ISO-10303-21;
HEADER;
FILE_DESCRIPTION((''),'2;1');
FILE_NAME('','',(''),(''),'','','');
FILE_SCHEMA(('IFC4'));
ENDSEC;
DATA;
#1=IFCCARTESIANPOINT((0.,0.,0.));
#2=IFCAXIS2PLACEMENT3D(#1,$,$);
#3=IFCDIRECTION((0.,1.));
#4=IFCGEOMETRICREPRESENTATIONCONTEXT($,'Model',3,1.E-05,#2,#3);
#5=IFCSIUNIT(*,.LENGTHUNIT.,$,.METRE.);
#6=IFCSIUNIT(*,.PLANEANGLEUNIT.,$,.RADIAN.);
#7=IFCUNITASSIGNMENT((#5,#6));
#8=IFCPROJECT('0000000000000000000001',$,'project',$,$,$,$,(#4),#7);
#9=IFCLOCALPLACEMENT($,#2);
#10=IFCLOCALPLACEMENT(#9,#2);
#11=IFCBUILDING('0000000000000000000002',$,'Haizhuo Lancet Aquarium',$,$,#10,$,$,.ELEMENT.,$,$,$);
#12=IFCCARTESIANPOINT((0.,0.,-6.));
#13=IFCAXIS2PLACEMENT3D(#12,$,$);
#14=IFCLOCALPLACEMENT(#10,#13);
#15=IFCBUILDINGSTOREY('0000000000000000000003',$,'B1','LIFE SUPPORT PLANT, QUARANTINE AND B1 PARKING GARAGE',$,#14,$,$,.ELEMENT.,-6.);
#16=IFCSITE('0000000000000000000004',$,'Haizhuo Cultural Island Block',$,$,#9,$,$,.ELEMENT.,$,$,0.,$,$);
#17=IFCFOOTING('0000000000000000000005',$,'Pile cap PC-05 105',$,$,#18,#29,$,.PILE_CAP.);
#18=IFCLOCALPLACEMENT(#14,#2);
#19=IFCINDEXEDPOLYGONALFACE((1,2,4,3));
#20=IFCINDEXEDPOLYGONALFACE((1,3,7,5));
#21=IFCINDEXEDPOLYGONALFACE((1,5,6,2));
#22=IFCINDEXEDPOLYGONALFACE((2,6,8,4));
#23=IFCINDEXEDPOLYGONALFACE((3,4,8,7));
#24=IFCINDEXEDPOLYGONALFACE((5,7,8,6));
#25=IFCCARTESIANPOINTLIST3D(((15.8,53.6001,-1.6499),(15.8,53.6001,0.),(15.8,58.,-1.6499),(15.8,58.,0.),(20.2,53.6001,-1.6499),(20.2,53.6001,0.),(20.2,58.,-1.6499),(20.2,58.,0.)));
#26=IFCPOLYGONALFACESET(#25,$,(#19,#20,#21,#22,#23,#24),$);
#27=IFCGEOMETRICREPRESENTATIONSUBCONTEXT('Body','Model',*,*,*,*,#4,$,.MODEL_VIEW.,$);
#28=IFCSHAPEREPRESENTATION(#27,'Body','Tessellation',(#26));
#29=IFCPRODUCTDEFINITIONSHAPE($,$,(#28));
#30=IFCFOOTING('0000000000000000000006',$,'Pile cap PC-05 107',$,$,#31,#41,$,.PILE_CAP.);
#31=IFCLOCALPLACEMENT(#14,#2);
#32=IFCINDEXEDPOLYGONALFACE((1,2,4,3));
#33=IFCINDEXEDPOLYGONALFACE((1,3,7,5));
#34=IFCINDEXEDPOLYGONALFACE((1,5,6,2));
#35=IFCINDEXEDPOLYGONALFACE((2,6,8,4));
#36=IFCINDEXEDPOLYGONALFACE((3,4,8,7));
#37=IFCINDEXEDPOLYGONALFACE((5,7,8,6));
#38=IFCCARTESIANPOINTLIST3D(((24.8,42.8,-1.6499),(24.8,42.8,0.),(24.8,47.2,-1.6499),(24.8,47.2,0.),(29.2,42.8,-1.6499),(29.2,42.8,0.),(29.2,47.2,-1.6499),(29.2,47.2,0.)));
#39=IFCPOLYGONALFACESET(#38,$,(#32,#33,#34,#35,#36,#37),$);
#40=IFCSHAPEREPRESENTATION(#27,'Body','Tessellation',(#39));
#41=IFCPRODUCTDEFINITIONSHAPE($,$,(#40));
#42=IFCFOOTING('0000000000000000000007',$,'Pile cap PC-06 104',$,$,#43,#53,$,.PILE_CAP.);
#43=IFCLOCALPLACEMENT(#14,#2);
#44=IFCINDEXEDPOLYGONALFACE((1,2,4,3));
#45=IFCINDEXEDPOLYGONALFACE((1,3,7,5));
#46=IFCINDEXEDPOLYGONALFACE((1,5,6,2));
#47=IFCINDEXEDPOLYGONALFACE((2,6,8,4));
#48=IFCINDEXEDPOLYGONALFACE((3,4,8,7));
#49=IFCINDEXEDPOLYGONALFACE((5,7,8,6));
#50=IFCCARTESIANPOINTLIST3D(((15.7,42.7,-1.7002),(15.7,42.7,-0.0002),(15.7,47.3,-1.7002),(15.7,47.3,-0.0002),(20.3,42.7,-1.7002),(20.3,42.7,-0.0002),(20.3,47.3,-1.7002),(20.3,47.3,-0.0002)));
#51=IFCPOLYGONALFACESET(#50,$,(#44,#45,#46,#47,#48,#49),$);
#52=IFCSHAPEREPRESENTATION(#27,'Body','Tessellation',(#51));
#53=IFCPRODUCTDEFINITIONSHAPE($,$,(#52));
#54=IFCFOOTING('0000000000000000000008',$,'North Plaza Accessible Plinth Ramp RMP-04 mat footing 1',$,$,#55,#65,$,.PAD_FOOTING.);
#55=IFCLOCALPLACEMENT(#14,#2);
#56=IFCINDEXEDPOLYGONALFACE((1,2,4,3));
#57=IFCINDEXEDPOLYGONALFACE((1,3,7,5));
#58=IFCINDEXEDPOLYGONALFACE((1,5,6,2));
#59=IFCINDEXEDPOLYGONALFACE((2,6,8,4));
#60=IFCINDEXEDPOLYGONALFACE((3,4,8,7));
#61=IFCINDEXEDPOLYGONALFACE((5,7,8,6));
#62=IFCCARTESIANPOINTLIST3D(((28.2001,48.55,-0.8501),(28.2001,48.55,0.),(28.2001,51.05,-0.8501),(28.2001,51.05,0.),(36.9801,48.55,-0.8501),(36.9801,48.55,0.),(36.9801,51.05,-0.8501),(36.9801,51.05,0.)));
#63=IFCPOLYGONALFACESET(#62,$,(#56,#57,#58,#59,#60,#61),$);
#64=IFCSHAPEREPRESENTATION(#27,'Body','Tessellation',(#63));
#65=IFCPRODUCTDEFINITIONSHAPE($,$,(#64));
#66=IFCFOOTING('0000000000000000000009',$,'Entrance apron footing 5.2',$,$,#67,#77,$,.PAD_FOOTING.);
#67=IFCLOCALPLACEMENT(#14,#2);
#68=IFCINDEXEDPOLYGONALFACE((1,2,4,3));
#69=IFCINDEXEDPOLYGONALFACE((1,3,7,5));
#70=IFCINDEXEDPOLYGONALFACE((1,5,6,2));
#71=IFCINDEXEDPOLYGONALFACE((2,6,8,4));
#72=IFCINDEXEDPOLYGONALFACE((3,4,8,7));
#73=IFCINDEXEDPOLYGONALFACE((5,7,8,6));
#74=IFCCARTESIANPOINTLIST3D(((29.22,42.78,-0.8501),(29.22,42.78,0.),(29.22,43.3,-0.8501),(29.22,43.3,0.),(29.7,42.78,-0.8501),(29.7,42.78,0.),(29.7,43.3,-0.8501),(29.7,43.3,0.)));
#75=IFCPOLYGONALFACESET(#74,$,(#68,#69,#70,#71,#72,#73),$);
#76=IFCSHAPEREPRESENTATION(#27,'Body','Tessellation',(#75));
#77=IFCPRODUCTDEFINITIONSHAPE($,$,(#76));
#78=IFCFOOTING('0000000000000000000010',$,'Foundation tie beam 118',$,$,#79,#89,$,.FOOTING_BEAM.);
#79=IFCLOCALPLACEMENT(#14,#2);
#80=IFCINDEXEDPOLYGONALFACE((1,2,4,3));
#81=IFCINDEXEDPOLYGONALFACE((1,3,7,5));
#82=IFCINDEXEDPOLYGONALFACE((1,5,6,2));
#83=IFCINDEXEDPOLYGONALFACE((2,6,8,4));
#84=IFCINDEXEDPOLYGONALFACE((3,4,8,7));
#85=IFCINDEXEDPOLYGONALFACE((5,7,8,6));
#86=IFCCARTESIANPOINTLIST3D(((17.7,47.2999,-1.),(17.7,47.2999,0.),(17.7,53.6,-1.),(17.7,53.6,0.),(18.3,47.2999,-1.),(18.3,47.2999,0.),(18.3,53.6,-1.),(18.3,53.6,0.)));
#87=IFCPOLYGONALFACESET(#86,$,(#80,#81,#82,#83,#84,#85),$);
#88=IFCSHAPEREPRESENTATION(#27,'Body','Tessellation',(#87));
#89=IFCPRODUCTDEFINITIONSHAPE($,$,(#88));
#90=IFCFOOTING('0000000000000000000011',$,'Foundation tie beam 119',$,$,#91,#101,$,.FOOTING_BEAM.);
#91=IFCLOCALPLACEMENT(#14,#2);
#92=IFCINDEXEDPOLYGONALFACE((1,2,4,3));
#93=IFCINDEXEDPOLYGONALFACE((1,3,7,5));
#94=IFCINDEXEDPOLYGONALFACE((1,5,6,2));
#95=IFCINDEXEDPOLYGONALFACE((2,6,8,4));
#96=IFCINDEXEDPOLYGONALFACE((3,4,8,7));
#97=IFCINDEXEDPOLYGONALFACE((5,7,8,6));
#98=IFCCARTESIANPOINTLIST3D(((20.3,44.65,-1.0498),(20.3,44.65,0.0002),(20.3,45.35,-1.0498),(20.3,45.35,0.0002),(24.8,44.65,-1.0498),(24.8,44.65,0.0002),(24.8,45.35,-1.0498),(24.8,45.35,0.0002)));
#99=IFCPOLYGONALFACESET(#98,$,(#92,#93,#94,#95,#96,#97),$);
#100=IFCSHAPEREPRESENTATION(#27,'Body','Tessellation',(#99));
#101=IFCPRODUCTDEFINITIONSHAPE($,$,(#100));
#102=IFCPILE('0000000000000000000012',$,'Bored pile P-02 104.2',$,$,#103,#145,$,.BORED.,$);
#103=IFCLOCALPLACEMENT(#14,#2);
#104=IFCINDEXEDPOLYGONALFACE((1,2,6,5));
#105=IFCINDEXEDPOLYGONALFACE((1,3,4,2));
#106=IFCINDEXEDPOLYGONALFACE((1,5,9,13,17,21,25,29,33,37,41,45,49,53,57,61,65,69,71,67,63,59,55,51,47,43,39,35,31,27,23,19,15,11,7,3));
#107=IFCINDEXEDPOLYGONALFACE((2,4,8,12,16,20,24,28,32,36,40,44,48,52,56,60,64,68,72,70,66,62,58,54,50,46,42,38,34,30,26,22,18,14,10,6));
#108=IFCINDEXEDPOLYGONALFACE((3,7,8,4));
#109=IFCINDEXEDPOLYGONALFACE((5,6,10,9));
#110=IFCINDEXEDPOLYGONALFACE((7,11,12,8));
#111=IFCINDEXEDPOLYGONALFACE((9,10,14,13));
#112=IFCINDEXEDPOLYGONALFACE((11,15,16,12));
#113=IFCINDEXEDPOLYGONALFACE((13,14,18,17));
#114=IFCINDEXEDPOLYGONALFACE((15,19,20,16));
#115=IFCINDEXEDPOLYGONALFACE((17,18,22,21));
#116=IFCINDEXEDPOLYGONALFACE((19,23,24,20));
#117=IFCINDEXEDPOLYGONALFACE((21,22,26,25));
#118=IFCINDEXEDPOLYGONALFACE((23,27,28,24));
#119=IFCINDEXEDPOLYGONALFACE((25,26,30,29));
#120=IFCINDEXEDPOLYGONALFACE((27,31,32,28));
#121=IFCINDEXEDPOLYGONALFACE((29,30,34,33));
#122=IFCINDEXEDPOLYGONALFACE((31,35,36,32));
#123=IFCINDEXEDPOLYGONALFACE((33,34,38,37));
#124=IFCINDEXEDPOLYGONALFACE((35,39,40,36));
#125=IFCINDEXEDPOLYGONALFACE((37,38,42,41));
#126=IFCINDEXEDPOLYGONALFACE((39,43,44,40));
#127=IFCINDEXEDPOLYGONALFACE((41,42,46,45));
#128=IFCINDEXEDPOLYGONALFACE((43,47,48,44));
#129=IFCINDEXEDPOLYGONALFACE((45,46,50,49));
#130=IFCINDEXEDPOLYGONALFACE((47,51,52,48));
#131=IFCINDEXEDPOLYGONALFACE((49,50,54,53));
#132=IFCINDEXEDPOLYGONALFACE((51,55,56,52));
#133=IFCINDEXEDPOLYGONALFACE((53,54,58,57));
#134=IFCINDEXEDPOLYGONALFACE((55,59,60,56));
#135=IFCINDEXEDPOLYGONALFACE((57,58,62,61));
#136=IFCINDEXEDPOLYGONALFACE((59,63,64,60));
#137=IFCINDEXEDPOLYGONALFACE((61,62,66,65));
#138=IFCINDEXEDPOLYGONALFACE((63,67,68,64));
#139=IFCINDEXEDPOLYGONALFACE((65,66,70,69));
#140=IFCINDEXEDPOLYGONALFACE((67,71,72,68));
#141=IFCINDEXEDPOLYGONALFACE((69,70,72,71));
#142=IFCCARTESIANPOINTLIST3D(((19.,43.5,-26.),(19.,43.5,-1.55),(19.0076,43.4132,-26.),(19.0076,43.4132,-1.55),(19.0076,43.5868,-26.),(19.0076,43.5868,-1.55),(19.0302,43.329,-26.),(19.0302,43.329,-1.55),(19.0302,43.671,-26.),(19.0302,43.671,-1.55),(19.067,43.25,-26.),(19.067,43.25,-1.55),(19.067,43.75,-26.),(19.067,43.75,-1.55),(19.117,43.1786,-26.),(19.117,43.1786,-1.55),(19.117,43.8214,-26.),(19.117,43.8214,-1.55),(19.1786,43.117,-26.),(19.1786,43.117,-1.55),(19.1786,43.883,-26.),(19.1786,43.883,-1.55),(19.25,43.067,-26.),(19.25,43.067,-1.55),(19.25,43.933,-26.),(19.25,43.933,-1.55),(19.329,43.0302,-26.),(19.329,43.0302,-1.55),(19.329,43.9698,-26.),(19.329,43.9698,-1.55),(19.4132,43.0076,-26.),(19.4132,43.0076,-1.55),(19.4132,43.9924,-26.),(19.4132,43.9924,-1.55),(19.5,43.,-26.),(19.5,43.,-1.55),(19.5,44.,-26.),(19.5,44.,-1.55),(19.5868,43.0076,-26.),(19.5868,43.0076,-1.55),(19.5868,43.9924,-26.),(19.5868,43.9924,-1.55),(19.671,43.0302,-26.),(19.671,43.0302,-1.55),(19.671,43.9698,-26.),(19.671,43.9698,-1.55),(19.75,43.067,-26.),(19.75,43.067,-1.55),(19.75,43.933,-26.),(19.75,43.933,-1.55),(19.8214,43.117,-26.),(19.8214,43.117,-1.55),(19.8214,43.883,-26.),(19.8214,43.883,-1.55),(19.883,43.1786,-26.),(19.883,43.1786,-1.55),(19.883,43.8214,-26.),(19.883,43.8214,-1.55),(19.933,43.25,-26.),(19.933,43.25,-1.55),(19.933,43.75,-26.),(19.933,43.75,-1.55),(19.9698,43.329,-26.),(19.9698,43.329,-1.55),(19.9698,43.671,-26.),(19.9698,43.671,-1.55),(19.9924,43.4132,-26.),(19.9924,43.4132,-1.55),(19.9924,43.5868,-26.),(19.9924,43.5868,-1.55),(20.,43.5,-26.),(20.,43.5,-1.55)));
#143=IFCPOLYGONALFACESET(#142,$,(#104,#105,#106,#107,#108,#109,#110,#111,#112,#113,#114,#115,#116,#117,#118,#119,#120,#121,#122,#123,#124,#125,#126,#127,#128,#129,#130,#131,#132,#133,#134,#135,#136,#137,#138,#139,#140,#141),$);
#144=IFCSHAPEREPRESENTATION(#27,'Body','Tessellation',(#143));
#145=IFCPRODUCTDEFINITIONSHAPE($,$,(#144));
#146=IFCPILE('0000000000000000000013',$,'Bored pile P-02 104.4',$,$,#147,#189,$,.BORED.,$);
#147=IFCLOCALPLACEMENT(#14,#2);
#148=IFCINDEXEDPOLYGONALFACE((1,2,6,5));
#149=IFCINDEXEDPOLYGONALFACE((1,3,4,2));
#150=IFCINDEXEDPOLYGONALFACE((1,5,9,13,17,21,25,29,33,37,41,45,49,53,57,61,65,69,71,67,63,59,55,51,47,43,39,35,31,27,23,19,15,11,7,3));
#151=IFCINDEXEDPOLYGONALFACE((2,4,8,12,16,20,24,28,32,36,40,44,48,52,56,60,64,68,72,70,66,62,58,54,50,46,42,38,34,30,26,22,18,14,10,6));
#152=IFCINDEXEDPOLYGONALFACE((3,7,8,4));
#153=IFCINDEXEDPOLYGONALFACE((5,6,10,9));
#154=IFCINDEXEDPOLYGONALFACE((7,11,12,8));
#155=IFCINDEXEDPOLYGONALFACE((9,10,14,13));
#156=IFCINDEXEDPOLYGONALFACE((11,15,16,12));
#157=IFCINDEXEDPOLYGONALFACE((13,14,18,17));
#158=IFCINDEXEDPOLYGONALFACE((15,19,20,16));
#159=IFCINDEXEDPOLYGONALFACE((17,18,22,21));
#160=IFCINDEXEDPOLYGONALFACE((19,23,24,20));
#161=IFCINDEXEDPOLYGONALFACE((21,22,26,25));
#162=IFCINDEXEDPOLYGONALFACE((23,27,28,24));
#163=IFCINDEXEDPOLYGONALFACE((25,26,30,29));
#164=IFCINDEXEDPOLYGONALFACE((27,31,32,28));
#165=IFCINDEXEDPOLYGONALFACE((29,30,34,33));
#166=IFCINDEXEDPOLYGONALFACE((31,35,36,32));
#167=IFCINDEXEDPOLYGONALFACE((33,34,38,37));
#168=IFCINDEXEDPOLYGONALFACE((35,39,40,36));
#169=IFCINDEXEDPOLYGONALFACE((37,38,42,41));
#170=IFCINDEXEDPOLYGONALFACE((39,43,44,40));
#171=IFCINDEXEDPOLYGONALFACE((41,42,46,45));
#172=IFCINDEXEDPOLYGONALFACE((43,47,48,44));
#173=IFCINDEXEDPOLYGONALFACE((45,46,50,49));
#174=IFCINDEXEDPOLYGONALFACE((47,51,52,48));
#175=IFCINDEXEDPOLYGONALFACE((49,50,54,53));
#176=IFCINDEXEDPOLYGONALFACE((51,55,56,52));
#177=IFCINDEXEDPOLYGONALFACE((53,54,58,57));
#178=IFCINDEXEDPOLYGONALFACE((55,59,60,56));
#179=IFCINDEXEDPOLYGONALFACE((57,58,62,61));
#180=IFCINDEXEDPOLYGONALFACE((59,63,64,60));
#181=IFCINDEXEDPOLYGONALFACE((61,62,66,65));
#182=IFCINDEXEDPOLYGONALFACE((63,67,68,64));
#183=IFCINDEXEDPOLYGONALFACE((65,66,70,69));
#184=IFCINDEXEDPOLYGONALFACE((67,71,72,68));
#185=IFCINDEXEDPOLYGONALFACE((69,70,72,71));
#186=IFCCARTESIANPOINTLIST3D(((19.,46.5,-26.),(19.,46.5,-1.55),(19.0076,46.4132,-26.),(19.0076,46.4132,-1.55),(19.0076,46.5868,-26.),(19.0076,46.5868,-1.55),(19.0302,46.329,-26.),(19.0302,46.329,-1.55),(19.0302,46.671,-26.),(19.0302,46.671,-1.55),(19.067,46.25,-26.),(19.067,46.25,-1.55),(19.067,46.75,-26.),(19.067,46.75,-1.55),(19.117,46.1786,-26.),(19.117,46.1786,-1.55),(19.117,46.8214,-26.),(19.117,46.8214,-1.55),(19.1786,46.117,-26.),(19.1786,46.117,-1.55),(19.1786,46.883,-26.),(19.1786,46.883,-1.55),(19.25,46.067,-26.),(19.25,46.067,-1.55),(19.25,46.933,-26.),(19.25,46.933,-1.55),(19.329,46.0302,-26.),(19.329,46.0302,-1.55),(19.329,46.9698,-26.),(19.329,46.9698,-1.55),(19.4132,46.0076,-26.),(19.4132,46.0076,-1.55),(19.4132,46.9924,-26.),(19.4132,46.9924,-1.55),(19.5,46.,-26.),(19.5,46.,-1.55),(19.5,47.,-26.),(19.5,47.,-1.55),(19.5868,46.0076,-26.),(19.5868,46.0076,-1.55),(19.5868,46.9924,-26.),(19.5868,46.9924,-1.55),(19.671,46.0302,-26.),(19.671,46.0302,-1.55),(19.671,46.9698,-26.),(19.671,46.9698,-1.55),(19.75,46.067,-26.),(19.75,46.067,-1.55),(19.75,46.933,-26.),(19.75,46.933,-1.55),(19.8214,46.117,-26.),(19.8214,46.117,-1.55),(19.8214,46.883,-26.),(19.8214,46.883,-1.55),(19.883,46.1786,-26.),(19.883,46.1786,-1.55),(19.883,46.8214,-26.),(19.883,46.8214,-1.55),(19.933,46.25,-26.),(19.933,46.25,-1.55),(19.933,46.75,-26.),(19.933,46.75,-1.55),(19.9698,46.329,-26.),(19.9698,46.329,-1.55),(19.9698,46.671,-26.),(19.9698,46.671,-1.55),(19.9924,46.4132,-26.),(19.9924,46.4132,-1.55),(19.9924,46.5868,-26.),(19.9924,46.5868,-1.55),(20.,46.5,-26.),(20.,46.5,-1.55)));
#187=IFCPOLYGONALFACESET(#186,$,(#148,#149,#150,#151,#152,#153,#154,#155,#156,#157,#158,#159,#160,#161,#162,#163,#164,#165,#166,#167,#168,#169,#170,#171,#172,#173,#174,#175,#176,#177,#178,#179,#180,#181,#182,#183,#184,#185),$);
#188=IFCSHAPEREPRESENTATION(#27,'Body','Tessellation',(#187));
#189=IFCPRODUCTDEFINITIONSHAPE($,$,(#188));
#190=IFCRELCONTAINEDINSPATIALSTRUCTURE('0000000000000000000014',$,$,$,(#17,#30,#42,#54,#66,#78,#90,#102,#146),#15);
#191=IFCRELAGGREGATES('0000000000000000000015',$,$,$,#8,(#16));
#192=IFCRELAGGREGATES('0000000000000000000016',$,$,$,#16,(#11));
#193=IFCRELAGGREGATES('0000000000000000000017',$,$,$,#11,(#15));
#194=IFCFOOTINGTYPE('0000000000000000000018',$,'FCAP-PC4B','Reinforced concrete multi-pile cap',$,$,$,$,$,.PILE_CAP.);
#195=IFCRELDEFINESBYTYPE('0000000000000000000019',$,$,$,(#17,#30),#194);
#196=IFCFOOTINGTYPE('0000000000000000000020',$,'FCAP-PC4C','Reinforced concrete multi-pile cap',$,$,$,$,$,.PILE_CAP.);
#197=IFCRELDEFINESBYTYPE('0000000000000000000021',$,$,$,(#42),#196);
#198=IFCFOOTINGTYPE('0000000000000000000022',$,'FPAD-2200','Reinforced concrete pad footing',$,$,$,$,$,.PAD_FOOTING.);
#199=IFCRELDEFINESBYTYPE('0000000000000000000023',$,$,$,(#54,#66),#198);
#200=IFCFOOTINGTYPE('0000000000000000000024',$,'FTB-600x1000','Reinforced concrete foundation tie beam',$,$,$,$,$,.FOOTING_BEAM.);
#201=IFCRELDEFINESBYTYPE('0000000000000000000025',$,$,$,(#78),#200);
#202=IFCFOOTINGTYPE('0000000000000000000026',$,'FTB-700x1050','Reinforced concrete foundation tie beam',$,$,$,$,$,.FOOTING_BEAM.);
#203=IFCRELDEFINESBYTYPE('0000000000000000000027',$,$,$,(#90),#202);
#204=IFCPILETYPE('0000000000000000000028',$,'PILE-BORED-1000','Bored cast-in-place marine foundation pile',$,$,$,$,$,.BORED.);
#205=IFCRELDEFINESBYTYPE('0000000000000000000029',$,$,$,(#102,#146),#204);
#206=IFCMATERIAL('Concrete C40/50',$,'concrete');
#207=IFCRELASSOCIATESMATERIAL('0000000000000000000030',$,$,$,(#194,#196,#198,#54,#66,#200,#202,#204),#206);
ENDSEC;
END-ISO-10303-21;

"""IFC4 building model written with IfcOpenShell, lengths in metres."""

from ifc_helpers import new_model, si_unit, direction, frame, origin, origin_2d, place, context, subcontext, project, spatial, rectangle, circle, extrude, material, material_profile, profile_set, type_object, element, save


model = new_model("IFC4")

# Units and contexts
model_context = context("Model", 3, precision=1e-05, world=origin(), true_north=direction((0.0, 1.0)))
body_context = subcontext(model_context, "Body", "Model", "MODEL_VIEW")
ifc_project = project(units=[si_unit("LENGTHUNIT", "METRE"), si_unit("PLANEANGLEUNIT", "RADIAN")], contexts=[model_context])

# Site, building, storey
site_placement = place(None, origin())
site = spatial("IfcSite", under=ifc_project, at=site_placement, Name="Haizhuo Cultural Island Block", CompositionType="ELEMENT", RefElevation=0.0)
building_placement = place(site_placement, origin())
building = spatial("IfcBuilding", under=site, at=building_placement, Name="Haizhuo Lancet Aquarium", CompositionType="ELEMENT")
storey_placement = place(building_placement, frame((0.0, 0.0, -6.0)))
storey = spatial("IfcBuildingStorey", under=building, at=storey_placement, Name="B1", Description="LIFE SUPPORT PLANT, QUARANTINE AND B1 PARKING GARAGE", CompositionType="ELEMENT", Elevation=-6.0)

# Footings
ifc_material_1 = material(Name="Concrete C40/50", Category="concrete")
footing_type_1 = type_object("IfcFootingType", Name="FCAP-PC4B", Description="Reinforced concrete multi-pile cap", PredefinedType="PILE_CAP", material=ifc_material_1)
for number, where, z_axis, x_axis, name in (
    (1, (18.0, 55.8, -1.6499), (0.0, 0.0, 1.0), (1.0, 0.0, 0.0), "Pile cap PC-05 105"),
    (2, (27.0, 45.0, -1.6499), (0.0, 0.0, 1.0), (1.0, 0.0, 0.0), "Pile cap PC-05 107"),
):
    element("IfcFooting", number, at=place(storey_placement, frame(where, z_axis=z_axis, x_axis=x_axis)), inside=storey, type_object=footing_type_1, Name=name, PredefinedType="PILE_CAP", context=body_context, shape_type="SweptSolid", body=[
        extrude(rectangle(XDim=4.3999, YDim=4.3999, at=origin_2d()), origin(), (0.0, 0.0, 1.0), 1.6499),
    ])
footing_type_2 = type_object("IfcFootingType", Name="FCAP-PC4C", Description="Reinforced concrete multi-pile cap", PredefinedType="PILE_CAP", material=ifc_material_1)
footing_1_placement = place(storey_placement, frame((18.0, 45.0, -1.7002), z_axis=(0.0, 0.0, 1.0), x_axis=(1.0, 0.0, 0.0)))
element("IfcFooting", 3, at=footing_1_placement, inside=storey, type_object=footing_type_2, Name="Pile cap PC-06 104", PredefinedType="PILE_CAP", context=body_context, shape_type="SweptSolid", body=[
    extrude(rectangle(XDim=4.6001, YDim=4.6001, at=origin_2d()), origin(), (0.0, 0.0, 1.0), 1.7),
])
footing_type_3 = type_object("IfcFootingType", Name="FPAD-2200", Description="Reinforced concrete pad footing", PredefinedType="PAD_FOOTING", material=ifc_material_1)
footing_2_placement = place(storey_placement, frame((32.5901, 49.8, -0.8501), z_axis=(0.0, 0.0, 1.0), x_axis=(1.0, 0.0, 0.0)))
element("IfcFooting", 4, at=footing_2_placement, inside=storey, type_object=footing_type_3, material=ifc_material_1, Name="North Plaza Accessible Plinth Ramp RMP-04 mat footing 1", PredefinedType="PAD_FOOTING", context=body_context, shape_type="SweptSolid", body=[
    extrude(rectangle(XDim=8.78, YDim=2.5, at=origin_2d()), origin(), (0.0, 0.0, 1.0), 0.8501),
])
footing_3_placement = place(storey_placement, frame((29.46, 43.04, -0.8501), z_axis=(0.0, 0.0, 1.0), x_axis=(1.0, 0.0, 0.0)))
element("IfcFooting", 5, at=footing_3_placement, inside=storey, type_object=footing_type_3, material=ifc_material_1, Name="Entrance apron footing 5.2", PredefinedType="PAD_FOOTING", context=body_context, shape_type="SweptSolid", body=[
    extrude(rectangle(XDim=0.48, YDim=0.52, at=origin_2d()), origin(), (0.0, 0.0, 1.0), 0.8501),
])
footing_type_4 = type_object("IfcFootingType", Name="FTB-600x1000", Description="Reinforced concrete foundation tie beam", PredefinedType="FOOTING_BEAM", material=ifc_material_1)
footing_4_placement = place(storey_placement, frame((18.0, 50.45, -1.0), z_axis=(0.0, 0.0, 1.0), x_axis=(0.0, 1.0, 0.0)))
element("IfcFooting", 6, at=footing_4_placement, inside=storey, type_object=footing_type_4, Name="Foundation tie beam 118", PredefinedType="FOOTING_BEAM", context=body_context, shape_type="SweptSolid", body=[
    extrude(rectangle(XDim=6.3, YDim=0.6001, at=origin_2d()), origin(), (0.0, 0.0, 1.0), 1.0),
])
footing_type_5 = type_object("IfcFootingType", Name="FTB-700x1050", Description="Reinforced concrete foundation tie beam", PredefinedType="FOOTING_BEAM", material=ifc_material_1)
footing_5_placement = place(storey_placement, frame((22.55, 45.0, -1.0498), z_axis=(0.0, 0.0, 1.0), x_axis=(1.0, 0.0, 0.0)))
element("IfcFooting", 7, at=footing_5_placement, inside=storey, type_object=footing_type_5, Name="Foundation tie beam 119", PredefinedType="FOOTING_BEAM", context=body_context, shape_type="SweptSolid", body=[
    extrude(rectangle(XDim=4.5, YDim=0.7, at=origin_2d()), origin(), (0.0, 0.0, 1.0), 1.05),
])

# Piles
ifc_material_profile_1 = material_profile(ifc_material_1, circle(Radius=0.5, at=origin_2d()), Name="PILE-1000")
ifc_profile_set_1 = profile_set([ifc_material_profile_1], Name="Concrete C40/50")
pile_type = type_object("IfcPileType", Name="PILE-BORED-1000", Description="Bored cast-in-place marine foundation pile", PredefinedType="BORED", material=ifc_profile_set_1)
for number, where, z_axis, x_axis, name in (
    (8, (19.5, 43.5, -1.55), (0.0, 0.0, -1.0), (1.0, 0.0, 0.0), "Bored pile P-02 104.2"),
    (9, (19.5, 46.5, -1.55), (0.0, 0.0, -1.0), (1.0, 0.0, 0.0), "Bored pile P-02 104.4"),
):
    element("IfcPile", number, at=place(storey_placement, frame(where, z_axis=z_axis, x_axis=x_axis)), inside=storey, type_object=pile_type, Name=name, PredefinedType="BORED", context=body_context, shape_type="SweptSolid", body=[
        extrude(circle(Radius=0.5, at=origin_2d()), origin(), (0.0, 0.0, 1.0), 24.45),
    ])

save(model, "model.ifc")
